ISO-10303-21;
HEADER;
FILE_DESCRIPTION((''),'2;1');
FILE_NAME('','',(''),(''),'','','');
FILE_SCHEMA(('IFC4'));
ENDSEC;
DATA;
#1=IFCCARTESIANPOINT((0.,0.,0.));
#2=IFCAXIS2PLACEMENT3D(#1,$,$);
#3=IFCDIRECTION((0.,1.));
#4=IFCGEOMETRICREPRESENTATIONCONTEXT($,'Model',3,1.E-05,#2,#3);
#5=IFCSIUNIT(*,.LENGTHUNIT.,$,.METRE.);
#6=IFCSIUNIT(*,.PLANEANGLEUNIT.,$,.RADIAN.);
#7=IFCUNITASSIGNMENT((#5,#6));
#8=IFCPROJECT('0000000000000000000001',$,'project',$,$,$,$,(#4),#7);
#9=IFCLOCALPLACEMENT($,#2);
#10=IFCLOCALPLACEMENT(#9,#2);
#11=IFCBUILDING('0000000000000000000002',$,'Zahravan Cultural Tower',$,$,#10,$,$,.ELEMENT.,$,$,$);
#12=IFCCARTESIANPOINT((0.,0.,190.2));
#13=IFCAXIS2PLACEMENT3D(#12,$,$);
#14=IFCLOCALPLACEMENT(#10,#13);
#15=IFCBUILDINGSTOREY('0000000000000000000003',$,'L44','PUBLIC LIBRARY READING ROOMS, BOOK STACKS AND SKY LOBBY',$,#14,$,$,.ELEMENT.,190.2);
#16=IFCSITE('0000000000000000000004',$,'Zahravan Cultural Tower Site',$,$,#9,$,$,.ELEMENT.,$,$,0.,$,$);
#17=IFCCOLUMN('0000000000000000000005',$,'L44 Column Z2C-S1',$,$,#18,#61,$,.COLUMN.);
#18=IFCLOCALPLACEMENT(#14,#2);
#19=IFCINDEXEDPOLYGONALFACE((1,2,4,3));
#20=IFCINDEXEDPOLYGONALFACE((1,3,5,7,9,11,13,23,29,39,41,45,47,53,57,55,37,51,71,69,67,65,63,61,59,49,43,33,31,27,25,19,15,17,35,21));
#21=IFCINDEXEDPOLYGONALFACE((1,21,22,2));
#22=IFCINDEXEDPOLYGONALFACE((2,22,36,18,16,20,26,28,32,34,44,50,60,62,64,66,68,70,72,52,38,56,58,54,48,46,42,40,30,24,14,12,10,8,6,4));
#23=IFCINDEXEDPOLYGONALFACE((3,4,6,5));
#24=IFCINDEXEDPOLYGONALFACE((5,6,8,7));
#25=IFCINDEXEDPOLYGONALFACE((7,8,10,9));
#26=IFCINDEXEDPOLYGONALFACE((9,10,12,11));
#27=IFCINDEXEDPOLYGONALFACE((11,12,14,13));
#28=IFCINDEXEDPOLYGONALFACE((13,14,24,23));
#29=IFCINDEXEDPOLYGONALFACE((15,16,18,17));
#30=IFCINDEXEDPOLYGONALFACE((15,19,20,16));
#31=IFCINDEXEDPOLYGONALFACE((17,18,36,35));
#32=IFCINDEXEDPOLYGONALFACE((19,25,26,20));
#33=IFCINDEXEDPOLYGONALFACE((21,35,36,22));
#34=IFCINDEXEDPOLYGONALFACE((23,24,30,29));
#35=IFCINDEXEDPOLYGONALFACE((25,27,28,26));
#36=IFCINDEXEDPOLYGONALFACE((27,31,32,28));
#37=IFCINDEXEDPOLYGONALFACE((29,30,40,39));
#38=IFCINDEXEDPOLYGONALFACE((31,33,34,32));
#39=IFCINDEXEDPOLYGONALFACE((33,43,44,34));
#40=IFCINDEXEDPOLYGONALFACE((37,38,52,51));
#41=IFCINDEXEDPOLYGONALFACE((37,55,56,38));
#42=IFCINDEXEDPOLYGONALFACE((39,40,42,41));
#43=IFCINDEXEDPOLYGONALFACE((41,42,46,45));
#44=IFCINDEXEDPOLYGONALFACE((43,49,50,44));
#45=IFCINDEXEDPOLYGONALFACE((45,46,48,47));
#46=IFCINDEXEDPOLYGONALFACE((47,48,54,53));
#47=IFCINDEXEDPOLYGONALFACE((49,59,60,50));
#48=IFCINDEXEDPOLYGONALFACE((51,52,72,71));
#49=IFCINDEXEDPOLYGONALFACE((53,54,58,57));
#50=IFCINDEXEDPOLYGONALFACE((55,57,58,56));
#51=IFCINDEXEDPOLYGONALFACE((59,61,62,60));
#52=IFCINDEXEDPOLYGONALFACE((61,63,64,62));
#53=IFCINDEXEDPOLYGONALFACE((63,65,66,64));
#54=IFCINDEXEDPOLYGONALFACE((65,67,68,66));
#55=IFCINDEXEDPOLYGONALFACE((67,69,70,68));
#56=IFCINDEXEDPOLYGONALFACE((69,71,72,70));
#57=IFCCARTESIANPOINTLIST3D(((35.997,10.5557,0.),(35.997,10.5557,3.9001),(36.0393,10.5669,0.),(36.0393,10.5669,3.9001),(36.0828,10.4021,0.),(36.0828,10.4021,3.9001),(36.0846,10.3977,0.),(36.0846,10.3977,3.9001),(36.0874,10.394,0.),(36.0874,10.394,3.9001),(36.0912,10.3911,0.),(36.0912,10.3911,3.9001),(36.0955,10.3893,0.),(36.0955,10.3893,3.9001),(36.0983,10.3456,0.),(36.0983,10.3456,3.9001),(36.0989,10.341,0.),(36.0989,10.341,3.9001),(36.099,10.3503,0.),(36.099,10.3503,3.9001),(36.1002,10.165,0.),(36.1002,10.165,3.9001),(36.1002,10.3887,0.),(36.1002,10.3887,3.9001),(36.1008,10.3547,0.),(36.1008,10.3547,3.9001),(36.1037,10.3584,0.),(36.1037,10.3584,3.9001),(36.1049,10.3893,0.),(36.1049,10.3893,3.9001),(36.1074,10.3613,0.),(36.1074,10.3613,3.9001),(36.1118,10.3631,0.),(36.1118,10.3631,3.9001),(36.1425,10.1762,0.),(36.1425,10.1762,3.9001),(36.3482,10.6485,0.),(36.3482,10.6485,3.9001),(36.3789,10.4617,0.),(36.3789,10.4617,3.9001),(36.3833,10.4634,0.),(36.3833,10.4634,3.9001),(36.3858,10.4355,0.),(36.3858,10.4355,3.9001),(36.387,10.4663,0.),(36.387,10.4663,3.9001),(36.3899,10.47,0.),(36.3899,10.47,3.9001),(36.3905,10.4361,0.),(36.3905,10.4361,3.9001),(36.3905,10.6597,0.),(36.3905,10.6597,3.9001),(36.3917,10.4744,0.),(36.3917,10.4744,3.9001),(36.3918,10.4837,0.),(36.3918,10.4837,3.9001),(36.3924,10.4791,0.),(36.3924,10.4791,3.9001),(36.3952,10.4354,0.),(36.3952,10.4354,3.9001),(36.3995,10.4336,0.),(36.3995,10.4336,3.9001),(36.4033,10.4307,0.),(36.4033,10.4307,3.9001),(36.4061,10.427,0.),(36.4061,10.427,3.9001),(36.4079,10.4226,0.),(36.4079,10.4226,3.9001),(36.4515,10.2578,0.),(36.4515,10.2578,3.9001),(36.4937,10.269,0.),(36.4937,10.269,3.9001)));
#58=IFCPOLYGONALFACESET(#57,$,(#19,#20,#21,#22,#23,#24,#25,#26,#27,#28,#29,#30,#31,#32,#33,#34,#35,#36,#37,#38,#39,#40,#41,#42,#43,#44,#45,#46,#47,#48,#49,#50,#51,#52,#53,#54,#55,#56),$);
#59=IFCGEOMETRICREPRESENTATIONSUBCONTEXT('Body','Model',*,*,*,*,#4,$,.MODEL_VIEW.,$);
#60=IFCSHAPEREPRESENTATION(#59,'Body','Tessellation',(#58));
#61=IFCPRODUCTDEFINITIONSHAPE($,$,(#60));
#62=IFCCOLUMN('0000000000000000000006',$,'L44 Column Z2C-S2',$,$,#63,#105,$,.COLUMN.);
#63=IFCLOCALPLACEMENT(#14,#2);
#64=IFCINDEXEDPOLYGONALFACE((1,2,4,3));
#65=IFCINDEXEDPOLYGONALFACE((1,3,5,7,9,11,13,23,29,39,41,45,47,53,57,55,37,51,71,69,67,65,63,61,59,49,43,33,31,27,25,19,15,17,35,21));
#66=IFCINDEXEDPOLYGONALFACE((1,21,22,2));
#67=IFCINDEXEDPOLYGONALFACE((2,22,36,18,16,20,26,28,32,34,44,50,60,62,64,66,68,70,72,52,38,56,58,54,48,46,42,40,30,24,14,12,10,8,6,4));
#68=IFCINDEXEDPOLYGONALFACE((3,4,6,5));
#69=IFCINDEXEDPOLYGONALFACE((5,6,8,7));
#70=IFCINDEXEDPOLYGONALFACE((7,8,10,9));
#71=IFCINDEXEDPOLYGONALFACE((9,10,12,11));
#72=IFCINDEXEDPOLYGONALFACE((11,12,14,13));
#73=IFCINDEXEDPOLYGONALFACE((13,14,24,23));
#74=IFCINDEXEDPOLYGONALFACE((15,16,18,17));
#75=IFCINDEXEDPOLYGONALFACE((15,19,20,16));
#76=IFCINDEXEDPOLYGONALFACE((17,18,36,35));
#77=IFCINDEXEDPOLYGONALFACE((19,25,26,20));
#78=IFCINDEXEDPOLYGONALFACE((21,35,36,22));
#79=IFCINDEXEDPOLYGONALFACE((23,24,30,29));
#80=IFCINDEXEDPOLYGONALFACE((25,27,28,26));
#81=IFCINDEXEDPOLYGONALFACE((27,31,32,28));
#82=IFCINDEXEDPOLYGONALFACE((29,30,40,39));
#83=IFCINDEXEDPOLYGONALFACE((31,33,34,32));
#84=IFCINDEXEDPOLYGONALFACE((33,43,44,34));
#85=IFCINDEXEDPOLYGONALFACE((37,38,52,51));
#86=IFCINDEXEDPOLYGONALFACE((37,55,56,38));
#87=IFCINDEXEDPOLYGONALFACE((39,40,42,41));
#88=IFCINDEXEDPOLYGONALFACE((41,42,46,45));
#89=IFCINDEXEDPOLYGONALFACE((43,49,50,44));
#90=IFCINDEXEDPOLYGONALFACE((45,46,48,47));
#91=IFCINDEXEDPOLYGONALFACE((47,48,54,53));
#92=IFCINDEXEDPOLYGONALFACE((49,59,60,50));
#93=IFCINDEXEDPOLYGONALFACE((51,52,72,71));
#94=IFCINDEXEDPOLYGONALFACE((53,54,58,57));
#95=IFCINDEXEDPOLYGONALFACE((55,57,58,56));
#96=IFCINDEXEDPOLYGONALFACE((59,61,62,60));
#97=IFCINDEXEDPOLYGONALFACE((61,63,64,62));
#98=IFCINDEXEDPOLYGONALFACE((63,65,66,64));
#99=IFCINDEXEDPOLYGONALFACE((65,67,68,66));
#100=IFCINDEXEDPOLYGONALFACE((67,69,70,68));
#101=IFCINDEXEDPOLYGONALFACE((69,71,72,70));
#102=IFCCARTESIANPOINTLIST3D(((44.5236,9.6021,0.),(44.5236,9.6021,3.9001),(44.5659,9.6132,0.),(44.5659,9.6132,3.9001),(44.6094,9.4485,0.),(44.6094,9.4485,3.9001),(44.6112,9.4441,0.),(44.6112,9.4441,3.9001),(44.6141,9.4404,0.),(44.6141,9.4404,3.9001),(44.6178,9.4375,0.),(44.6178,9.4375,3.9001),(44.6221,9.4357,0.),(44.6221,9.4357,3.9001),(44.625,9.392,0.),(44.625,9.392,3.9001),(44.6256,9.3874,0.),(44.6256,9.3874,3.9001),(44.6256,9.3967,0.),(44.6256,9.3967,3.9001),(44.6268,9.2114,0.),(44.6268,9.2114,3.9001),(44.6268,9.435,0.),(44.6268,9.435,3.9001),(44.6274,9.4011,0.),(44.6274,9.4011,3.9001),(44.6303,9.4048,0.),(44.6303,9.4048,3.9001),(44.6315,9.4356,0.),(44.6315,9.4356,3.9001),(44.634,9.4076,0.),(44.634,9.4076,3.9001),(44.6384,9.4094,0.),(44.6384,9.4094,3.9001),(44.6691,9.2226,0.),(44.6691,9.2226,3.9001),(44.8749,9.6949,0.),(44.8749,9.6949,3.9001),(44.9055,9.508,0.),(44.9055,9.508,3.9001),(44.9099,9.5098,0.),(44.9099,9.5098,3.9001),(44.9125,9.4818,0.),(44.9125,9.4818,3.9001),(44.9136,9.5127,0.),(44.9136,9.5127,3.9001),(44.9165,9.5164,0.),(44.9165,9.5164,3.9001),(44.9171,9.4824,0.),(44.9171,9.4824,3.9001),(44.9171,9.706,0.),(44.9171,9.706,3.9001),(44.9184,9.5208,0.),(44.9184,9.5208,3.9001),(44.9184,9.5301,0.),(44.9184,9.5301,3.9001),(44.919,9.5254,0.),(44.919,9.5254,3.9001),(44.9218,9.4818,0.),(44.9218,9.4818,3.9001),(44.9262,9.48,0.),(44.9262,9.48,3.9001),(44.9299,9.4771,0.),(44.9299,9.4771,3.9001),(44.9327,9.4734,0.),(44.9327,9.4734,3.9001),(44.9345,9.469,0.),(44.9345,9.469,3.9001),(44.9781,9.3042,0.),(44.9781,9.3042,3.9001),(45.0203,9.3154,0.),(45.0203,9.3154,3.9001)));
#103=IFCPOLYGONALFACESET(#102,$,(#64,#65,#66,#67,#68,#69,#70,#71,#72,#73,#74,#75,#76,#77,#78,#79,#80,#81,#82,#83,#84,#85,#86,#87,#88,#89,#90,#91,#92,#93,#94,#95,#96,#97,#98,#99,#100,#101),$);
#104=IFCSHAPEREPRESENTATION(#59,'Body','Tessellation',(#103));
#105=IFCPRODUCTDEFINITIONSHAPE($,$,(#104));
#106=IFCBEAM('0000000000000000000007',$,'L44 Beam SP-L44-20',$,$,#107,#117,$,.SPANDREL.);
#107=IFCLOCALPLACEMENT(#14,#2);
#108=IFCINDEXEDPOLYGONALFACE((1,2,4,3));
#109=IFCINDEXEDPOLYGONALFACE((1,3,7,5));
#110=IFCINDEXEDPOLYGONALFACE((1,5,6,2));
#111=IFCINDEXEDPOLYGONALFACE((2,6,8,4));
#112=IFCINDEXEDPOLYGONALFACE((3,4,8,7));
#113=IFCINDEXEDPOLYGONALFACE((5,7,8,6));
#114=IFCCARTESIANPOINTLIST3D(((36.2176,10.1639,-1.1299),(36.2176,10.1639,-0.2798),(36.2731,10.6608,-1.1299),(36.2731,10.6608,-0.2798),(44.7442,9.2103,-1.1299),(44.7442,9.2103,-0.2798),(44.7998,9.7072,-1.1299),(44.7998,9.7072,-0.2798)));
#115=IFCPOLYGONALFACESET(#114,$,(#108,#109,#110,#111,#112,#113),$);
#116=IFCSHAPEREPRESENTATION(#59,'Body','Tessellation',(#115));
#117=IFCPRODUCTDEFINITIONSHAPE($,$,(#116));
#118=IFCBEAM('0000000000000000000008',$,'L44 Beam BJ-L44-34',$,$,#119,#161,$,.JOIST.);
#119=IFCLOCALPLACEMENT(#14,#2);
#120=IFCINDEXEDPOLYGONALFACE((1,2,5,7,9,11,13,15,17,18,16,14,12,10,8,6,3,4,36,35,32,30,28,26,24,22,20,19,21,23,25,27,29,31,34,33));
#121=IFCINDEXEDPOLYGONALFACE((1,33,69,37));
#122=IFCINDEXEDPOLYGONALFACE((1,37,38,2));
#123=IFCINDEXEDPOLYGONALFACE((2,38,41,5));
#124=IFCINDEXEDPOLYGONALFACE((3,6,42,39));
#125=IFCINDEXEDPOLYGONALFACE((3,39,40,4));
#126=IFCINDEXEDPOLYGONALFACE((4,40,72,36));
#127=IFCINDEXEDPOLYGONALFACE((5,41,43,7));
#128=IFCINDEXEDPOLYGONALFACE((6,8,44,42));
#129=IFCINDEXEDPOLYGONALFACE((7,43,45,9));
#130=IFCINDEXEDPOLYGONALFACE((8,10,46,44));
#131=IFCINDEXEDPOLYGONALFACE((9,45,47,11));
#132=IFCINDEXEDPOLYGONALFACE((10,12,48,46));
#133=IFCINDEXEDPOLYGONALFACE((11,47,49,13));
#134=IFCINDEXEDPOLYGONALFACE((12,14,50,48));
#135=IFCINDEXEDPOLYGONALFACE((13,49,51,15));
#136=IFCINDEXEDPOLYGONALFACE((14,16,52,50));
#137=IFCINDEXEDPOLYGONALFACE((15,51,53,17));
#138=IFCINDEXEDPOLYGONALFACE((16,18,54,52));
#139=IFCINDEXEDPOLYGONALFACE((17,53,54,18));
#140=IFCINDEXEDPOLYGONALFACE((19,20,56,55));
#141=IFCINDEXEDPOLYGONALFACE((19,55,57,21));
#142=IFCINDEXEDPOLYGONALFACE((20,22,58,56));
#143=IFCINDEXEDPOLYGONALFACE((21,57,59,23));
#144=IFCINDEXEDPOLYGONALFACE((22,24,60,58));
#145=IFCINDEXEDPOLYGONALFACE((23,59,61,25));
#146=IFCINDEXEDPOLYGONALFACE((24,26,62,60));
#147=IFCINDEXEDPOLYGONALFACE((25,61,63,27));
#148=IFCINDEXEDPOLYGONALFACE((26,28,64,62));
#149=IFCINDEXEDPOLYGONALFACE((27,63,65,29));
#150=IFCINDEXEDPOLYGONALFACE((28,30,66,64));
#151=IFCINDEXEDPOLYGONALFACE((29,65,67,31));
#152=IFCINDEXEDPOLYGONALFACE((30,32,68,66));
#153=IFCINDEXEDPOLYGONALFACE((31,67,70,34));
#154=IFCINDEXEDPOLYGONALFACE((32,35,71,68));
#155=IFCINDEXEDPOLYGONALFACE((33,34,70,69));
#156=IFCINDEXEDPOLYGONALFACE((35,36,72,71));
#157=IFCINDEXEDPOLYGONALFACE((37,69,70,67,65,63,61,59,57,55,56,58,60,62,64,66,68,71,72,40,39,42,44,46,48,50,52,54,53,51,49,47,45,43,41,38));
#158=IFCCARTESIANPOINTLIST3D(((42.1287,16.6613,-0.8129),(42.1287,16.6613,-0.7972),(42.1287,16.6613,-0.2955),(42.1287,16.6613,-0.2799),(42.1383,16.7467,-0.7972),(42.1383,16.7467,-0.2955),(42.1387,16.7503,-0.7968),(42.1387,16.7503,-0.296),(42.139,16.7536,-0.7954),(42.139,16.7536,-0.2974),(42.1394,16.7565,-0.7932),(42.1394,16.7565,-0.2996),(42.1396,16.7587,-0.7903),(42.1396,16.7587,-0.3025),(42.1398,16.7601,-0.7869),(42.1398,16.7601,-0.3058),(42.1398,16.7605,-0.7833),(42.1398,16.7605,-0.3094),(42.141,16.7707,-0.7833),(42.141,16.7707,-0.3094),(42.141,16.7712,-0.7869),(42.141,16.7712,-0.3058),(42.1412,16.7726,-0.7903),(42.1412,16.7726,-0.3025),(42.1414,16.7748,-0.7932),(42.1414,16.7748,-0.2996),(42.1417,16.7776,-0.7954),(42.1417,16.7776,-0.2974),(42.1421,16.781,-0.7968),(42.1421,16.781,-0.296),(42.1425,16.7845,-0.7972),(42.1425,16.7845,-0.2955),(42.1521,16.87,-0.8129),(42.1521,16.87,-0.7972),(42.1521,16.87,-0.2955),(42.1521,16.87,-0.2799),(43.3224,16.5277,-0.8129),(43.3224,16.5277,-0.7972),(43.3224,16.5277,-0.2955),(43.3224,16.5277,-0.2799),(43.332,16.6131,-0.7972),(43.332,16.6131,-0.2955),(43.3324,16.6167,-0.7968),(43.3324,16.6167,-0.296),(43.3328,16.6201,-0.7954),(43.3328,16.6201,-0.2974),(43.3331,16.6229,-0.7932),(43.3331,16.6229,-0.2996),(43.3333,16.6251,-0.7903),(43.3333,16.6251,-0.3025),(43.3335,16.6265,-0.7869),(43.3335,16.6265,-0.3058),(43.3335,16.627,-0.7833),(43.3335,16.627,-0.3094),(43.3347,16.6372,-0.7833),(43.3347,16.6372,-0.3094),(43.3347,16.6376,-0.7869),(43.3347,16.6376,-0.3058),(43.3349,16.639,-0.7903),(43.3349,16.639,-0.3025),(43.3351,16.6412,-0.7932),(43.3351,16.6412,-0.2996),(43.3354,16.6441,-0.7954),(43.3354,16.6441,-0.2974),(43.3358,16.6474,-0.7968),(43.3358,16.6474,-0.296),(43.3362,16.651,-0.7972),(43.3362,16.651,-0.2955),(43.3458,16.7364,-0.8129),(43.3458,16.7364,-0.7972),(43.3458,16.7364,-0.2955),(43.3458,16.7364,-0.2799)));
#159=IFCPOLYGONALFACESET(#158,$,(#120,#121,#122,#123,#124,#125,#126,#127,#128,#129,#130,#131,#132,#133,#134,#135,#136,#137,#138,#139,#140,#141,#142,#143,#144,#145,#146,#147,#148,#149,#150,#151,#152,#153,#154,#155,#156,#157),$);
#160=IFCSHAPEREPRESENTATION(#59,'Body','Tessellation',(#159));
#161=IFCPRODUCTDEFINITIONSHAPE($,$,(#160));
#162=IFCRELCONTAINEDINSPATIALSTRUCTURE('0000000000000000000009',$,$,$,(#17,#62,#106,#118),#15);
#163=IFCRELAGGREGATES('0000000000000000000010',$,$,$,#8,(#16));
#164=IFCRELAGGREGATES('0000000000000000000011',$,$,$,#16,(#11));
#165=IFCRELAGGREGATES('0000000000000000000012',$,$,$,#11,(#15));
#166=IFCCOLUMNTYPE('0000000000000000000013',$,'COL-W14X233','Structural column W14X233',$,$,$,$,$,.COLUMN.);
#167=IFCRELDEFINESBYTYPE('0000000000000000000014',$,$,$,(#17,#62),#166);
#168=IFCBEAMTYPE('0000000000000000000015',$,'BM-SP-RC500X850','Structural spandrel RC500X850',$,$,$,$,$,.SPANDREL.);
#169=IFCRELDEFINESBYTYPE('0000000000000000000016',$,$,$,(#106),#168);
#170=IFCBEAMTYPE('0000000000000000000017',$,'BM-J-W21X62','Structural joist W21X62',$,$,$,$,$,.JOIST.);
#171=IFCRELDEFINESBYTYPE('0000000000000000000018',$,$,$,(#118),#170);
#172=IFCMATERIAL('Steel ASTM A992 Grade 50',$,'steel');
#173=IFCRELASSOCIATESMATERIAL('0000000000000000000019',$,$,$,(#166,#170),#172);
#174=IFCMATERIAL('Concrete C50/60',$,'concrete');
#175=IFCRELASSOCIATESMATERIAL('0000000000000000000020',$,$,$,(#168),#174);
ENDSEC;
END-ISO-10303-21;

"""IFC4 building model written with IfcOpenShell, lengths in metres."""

from ifc_helpers import new_model, si_unit, direction, frame, origin, origin_2d, place, context, subcontext, project, spatial, rectangle, i_section, extrude, source, transform, mapped, material, material_profile, profile_set, type_object, element, save


model = new_model("IFC4")

# Units and contexts
model_context = context("Model", 3, precision=1e-05, world=origin(), true_north=direction((0.0, 1.0)))
body_context = subcontext(model_context, "Body", "Model", "MODEL_VIEW")
ifc_project = project(units=[si_unit("LENGTHUNIT", "METRE"), si_unit("PLANEANGLEUNIT", "RADIAN")], contexts=[model_context])

# Site, building, storey
site_placement = place(None, origin())
site = spatial("IfcSite", under=ifc_project, at=site_placement, Name="Zahravan Cultural Tower Site", CompositionType="ELEMENT", RefElevation=0.0)
building_placement = place(site_placement, origin())
building = spatial("IfcBuilding", under=site, at=building_placement, Name="Zahravan Cultural Tower", CompositionType="ELEMENT")
storey_placement = place(building_placement, frame((0.0, 0.0, 190.2)))
storey = spatial("IfcBuildingStorey", under=building, at=storey_placement, Name="L44", Description="PUBLIC LIBRARY READING ROOMS, BOOK STACKS AND SKY LOBBY", CompositionType="ELEMENT", Elevation=190.2)

# Columns
ifc_material_1 = material(Name="Steel ASTM A992 Grade 50", Category="steel")
ifc_material_profile_1 = material_profile(ifc_material_1, i_section(OverallWidth=0.4041, OverallDepth=0.407, WebThickness=0.0271, FlangeThickness=0.0437, FilletRadius=0.0181, at=origin_2d()), Name="W14X233")
ifc_profile_set_1 = profile_set([ifc_material_profile_1], Name="Steel ASTM A992 Grade 50")
column_type = type_object("IfcColumnType", Name="COL-W14X233", Description="Structural column W14X233", PredefinedType="COLUMN", material=ifc_profile_set_1)
shared_shape_1 = source(origin(), body_context, "Body", "SweptSolid", [
    extrude(i_section(OverallWidth=0.4041, OverallDepth=0.407, WebThickness=0.0271, FlangeThickness=0.0437, FilletRadius=0.0181, at=origin_2d()), origin(), (0.0, 0.0, 1.0), 3.9001),
])
for number, where, z_axis, x_axis, name in (
    (1, (36.2454, 10.4124, 0.0), (0.0, 0.0, 1.0), (-0.255446, 0.966823, 0.0), "L44 Column Z2C-S1"),
    (2, (44.772, 9.4587, 0.0), (0.0, 0.0, 1.0), (-0.255446, 0.966823, 0.0), "L44 Column Z2C-S2"),
):
    element("IfcColumn", number, at=place(storey_placement, frame(where, z_axis=z_axis, x_axis=x_axis)), inside=storey, type_object=column_type, Name=name, PredefinedType="COLUMN", context=body_context, shape_type="MappedRepresentation", body=[
        mapped(shared_shape_1, transform((0.0, 0.0, 0.0), x_axis=(1.0, 0.0, 0.0), y_axis=(0.0, 1.0, 0.0), z_axis=(0.0, 0.0, 1.0), scale=1.0)),
    ])

# Beams
ifc_material_2 = material(Name="Concrete C50/60", Category="concrete")
ifc_material_profile_2 = material_profile(ifc_material_2, rectangle(XDim=0.5, YDim=0.8501, at=origin_2d()), Name="RC500X850")
ifc_profile_set_2 = profile_set([ifc_material_profile_2], Name="Concrete C50/60")
beam_type_1 = type_object("IfcBeamType", Name="BM-SP-RC500X850", Description="Structural spandrel RC500X850", PredefinedType="SPANDREL", material=ifc_profile_set_2)
shared_shape_2 = source(origin(), body_context, "Body", "SweptSolid", [
    extrude(rectangle(XDim=0.5, YDim=0.8501, at=origin_2d()), origin(), (0.0, 0.0, 1.0), 8.5798),
])
beam_1_placement = place(storey_placement, frame((36.2454, 10.4124, -0.7048), z_axis=(0.993804, -0.111147, 0.0), x_axis=(0.111147, 0.993804, 0.0)))
element("IfcBeam", 3, at=beam_1_placement, inside=storey, type_object=beam_type_1, Name="L44 Beam SP-L44-20", PredefinedType="SPANDREL", context=body_context, shape_type="MappedRepresentation", body=[
    mapped(shared_shape_2, transform((0.0, 0.0, 0.0), x_axis=(1.0, 0.0, 0.0), y_axis=(0.0, 1.0, 0.0), z_axis=(0.0, 0.0, 1.0), scale=1.0)),
])
ifc_material_profile_3 = material_profile(ifc_material_1, i_section(OverallWidth=0.21, OverallDepth=0.533, WebThickness=0.0103, FlangeThickness=0.0156, FilletRadius=0.0139, at=origin_2d()), Name="W21X62")
ifc_profile_set_3 = profile_set([ifc_material_profile_3], Name="Steel ASTM A992 Grade 50")
beam_type_2 = type_object("IfcBeamType", Name="BM-J-W21X62", Description="Structural joist W21X62", PredefinedType="JOIST", material=ifc_profile_set_3)
shared_shape_3 = source(origin(), body_context, "Body", "SweptSolid", [
    extrude(i_section(OverallWidth=0.21, OverallDepth=0.533, WebThickness=0.0103, FlangeThickness=0.0156, FilletRadius=0.0139, at=origin_2d()), origin(), (0.0, 0.0, 1.0), 1.2012),
])
beam_2_placement = place(storey_placement, frame((42.1404, 16.7656, -0.5464), z_axis=(0.993799, -0.11119, 0.0), x_axis=(0.11119, 0.993799, 0.0)))
element("IfcBeam", 4, at=beam_2_placement, inside=storey, type_object=beam_type_2, Name="L44 Beam BJ-L44-34", PredefinedType="JOIST", context=body_context, shape_type="MappedRepresentation", body=[
    mapped(shared_shape_3, transform((0.0, 0.0, 0.0), x_axis=(1.0, 0.0, 0.0), y_axis=(0.0, 1.0, 0.0), z_axis=(0.0, 0.0, 1.0), scale=1.0)),
])

save(model, "model.ifc")
